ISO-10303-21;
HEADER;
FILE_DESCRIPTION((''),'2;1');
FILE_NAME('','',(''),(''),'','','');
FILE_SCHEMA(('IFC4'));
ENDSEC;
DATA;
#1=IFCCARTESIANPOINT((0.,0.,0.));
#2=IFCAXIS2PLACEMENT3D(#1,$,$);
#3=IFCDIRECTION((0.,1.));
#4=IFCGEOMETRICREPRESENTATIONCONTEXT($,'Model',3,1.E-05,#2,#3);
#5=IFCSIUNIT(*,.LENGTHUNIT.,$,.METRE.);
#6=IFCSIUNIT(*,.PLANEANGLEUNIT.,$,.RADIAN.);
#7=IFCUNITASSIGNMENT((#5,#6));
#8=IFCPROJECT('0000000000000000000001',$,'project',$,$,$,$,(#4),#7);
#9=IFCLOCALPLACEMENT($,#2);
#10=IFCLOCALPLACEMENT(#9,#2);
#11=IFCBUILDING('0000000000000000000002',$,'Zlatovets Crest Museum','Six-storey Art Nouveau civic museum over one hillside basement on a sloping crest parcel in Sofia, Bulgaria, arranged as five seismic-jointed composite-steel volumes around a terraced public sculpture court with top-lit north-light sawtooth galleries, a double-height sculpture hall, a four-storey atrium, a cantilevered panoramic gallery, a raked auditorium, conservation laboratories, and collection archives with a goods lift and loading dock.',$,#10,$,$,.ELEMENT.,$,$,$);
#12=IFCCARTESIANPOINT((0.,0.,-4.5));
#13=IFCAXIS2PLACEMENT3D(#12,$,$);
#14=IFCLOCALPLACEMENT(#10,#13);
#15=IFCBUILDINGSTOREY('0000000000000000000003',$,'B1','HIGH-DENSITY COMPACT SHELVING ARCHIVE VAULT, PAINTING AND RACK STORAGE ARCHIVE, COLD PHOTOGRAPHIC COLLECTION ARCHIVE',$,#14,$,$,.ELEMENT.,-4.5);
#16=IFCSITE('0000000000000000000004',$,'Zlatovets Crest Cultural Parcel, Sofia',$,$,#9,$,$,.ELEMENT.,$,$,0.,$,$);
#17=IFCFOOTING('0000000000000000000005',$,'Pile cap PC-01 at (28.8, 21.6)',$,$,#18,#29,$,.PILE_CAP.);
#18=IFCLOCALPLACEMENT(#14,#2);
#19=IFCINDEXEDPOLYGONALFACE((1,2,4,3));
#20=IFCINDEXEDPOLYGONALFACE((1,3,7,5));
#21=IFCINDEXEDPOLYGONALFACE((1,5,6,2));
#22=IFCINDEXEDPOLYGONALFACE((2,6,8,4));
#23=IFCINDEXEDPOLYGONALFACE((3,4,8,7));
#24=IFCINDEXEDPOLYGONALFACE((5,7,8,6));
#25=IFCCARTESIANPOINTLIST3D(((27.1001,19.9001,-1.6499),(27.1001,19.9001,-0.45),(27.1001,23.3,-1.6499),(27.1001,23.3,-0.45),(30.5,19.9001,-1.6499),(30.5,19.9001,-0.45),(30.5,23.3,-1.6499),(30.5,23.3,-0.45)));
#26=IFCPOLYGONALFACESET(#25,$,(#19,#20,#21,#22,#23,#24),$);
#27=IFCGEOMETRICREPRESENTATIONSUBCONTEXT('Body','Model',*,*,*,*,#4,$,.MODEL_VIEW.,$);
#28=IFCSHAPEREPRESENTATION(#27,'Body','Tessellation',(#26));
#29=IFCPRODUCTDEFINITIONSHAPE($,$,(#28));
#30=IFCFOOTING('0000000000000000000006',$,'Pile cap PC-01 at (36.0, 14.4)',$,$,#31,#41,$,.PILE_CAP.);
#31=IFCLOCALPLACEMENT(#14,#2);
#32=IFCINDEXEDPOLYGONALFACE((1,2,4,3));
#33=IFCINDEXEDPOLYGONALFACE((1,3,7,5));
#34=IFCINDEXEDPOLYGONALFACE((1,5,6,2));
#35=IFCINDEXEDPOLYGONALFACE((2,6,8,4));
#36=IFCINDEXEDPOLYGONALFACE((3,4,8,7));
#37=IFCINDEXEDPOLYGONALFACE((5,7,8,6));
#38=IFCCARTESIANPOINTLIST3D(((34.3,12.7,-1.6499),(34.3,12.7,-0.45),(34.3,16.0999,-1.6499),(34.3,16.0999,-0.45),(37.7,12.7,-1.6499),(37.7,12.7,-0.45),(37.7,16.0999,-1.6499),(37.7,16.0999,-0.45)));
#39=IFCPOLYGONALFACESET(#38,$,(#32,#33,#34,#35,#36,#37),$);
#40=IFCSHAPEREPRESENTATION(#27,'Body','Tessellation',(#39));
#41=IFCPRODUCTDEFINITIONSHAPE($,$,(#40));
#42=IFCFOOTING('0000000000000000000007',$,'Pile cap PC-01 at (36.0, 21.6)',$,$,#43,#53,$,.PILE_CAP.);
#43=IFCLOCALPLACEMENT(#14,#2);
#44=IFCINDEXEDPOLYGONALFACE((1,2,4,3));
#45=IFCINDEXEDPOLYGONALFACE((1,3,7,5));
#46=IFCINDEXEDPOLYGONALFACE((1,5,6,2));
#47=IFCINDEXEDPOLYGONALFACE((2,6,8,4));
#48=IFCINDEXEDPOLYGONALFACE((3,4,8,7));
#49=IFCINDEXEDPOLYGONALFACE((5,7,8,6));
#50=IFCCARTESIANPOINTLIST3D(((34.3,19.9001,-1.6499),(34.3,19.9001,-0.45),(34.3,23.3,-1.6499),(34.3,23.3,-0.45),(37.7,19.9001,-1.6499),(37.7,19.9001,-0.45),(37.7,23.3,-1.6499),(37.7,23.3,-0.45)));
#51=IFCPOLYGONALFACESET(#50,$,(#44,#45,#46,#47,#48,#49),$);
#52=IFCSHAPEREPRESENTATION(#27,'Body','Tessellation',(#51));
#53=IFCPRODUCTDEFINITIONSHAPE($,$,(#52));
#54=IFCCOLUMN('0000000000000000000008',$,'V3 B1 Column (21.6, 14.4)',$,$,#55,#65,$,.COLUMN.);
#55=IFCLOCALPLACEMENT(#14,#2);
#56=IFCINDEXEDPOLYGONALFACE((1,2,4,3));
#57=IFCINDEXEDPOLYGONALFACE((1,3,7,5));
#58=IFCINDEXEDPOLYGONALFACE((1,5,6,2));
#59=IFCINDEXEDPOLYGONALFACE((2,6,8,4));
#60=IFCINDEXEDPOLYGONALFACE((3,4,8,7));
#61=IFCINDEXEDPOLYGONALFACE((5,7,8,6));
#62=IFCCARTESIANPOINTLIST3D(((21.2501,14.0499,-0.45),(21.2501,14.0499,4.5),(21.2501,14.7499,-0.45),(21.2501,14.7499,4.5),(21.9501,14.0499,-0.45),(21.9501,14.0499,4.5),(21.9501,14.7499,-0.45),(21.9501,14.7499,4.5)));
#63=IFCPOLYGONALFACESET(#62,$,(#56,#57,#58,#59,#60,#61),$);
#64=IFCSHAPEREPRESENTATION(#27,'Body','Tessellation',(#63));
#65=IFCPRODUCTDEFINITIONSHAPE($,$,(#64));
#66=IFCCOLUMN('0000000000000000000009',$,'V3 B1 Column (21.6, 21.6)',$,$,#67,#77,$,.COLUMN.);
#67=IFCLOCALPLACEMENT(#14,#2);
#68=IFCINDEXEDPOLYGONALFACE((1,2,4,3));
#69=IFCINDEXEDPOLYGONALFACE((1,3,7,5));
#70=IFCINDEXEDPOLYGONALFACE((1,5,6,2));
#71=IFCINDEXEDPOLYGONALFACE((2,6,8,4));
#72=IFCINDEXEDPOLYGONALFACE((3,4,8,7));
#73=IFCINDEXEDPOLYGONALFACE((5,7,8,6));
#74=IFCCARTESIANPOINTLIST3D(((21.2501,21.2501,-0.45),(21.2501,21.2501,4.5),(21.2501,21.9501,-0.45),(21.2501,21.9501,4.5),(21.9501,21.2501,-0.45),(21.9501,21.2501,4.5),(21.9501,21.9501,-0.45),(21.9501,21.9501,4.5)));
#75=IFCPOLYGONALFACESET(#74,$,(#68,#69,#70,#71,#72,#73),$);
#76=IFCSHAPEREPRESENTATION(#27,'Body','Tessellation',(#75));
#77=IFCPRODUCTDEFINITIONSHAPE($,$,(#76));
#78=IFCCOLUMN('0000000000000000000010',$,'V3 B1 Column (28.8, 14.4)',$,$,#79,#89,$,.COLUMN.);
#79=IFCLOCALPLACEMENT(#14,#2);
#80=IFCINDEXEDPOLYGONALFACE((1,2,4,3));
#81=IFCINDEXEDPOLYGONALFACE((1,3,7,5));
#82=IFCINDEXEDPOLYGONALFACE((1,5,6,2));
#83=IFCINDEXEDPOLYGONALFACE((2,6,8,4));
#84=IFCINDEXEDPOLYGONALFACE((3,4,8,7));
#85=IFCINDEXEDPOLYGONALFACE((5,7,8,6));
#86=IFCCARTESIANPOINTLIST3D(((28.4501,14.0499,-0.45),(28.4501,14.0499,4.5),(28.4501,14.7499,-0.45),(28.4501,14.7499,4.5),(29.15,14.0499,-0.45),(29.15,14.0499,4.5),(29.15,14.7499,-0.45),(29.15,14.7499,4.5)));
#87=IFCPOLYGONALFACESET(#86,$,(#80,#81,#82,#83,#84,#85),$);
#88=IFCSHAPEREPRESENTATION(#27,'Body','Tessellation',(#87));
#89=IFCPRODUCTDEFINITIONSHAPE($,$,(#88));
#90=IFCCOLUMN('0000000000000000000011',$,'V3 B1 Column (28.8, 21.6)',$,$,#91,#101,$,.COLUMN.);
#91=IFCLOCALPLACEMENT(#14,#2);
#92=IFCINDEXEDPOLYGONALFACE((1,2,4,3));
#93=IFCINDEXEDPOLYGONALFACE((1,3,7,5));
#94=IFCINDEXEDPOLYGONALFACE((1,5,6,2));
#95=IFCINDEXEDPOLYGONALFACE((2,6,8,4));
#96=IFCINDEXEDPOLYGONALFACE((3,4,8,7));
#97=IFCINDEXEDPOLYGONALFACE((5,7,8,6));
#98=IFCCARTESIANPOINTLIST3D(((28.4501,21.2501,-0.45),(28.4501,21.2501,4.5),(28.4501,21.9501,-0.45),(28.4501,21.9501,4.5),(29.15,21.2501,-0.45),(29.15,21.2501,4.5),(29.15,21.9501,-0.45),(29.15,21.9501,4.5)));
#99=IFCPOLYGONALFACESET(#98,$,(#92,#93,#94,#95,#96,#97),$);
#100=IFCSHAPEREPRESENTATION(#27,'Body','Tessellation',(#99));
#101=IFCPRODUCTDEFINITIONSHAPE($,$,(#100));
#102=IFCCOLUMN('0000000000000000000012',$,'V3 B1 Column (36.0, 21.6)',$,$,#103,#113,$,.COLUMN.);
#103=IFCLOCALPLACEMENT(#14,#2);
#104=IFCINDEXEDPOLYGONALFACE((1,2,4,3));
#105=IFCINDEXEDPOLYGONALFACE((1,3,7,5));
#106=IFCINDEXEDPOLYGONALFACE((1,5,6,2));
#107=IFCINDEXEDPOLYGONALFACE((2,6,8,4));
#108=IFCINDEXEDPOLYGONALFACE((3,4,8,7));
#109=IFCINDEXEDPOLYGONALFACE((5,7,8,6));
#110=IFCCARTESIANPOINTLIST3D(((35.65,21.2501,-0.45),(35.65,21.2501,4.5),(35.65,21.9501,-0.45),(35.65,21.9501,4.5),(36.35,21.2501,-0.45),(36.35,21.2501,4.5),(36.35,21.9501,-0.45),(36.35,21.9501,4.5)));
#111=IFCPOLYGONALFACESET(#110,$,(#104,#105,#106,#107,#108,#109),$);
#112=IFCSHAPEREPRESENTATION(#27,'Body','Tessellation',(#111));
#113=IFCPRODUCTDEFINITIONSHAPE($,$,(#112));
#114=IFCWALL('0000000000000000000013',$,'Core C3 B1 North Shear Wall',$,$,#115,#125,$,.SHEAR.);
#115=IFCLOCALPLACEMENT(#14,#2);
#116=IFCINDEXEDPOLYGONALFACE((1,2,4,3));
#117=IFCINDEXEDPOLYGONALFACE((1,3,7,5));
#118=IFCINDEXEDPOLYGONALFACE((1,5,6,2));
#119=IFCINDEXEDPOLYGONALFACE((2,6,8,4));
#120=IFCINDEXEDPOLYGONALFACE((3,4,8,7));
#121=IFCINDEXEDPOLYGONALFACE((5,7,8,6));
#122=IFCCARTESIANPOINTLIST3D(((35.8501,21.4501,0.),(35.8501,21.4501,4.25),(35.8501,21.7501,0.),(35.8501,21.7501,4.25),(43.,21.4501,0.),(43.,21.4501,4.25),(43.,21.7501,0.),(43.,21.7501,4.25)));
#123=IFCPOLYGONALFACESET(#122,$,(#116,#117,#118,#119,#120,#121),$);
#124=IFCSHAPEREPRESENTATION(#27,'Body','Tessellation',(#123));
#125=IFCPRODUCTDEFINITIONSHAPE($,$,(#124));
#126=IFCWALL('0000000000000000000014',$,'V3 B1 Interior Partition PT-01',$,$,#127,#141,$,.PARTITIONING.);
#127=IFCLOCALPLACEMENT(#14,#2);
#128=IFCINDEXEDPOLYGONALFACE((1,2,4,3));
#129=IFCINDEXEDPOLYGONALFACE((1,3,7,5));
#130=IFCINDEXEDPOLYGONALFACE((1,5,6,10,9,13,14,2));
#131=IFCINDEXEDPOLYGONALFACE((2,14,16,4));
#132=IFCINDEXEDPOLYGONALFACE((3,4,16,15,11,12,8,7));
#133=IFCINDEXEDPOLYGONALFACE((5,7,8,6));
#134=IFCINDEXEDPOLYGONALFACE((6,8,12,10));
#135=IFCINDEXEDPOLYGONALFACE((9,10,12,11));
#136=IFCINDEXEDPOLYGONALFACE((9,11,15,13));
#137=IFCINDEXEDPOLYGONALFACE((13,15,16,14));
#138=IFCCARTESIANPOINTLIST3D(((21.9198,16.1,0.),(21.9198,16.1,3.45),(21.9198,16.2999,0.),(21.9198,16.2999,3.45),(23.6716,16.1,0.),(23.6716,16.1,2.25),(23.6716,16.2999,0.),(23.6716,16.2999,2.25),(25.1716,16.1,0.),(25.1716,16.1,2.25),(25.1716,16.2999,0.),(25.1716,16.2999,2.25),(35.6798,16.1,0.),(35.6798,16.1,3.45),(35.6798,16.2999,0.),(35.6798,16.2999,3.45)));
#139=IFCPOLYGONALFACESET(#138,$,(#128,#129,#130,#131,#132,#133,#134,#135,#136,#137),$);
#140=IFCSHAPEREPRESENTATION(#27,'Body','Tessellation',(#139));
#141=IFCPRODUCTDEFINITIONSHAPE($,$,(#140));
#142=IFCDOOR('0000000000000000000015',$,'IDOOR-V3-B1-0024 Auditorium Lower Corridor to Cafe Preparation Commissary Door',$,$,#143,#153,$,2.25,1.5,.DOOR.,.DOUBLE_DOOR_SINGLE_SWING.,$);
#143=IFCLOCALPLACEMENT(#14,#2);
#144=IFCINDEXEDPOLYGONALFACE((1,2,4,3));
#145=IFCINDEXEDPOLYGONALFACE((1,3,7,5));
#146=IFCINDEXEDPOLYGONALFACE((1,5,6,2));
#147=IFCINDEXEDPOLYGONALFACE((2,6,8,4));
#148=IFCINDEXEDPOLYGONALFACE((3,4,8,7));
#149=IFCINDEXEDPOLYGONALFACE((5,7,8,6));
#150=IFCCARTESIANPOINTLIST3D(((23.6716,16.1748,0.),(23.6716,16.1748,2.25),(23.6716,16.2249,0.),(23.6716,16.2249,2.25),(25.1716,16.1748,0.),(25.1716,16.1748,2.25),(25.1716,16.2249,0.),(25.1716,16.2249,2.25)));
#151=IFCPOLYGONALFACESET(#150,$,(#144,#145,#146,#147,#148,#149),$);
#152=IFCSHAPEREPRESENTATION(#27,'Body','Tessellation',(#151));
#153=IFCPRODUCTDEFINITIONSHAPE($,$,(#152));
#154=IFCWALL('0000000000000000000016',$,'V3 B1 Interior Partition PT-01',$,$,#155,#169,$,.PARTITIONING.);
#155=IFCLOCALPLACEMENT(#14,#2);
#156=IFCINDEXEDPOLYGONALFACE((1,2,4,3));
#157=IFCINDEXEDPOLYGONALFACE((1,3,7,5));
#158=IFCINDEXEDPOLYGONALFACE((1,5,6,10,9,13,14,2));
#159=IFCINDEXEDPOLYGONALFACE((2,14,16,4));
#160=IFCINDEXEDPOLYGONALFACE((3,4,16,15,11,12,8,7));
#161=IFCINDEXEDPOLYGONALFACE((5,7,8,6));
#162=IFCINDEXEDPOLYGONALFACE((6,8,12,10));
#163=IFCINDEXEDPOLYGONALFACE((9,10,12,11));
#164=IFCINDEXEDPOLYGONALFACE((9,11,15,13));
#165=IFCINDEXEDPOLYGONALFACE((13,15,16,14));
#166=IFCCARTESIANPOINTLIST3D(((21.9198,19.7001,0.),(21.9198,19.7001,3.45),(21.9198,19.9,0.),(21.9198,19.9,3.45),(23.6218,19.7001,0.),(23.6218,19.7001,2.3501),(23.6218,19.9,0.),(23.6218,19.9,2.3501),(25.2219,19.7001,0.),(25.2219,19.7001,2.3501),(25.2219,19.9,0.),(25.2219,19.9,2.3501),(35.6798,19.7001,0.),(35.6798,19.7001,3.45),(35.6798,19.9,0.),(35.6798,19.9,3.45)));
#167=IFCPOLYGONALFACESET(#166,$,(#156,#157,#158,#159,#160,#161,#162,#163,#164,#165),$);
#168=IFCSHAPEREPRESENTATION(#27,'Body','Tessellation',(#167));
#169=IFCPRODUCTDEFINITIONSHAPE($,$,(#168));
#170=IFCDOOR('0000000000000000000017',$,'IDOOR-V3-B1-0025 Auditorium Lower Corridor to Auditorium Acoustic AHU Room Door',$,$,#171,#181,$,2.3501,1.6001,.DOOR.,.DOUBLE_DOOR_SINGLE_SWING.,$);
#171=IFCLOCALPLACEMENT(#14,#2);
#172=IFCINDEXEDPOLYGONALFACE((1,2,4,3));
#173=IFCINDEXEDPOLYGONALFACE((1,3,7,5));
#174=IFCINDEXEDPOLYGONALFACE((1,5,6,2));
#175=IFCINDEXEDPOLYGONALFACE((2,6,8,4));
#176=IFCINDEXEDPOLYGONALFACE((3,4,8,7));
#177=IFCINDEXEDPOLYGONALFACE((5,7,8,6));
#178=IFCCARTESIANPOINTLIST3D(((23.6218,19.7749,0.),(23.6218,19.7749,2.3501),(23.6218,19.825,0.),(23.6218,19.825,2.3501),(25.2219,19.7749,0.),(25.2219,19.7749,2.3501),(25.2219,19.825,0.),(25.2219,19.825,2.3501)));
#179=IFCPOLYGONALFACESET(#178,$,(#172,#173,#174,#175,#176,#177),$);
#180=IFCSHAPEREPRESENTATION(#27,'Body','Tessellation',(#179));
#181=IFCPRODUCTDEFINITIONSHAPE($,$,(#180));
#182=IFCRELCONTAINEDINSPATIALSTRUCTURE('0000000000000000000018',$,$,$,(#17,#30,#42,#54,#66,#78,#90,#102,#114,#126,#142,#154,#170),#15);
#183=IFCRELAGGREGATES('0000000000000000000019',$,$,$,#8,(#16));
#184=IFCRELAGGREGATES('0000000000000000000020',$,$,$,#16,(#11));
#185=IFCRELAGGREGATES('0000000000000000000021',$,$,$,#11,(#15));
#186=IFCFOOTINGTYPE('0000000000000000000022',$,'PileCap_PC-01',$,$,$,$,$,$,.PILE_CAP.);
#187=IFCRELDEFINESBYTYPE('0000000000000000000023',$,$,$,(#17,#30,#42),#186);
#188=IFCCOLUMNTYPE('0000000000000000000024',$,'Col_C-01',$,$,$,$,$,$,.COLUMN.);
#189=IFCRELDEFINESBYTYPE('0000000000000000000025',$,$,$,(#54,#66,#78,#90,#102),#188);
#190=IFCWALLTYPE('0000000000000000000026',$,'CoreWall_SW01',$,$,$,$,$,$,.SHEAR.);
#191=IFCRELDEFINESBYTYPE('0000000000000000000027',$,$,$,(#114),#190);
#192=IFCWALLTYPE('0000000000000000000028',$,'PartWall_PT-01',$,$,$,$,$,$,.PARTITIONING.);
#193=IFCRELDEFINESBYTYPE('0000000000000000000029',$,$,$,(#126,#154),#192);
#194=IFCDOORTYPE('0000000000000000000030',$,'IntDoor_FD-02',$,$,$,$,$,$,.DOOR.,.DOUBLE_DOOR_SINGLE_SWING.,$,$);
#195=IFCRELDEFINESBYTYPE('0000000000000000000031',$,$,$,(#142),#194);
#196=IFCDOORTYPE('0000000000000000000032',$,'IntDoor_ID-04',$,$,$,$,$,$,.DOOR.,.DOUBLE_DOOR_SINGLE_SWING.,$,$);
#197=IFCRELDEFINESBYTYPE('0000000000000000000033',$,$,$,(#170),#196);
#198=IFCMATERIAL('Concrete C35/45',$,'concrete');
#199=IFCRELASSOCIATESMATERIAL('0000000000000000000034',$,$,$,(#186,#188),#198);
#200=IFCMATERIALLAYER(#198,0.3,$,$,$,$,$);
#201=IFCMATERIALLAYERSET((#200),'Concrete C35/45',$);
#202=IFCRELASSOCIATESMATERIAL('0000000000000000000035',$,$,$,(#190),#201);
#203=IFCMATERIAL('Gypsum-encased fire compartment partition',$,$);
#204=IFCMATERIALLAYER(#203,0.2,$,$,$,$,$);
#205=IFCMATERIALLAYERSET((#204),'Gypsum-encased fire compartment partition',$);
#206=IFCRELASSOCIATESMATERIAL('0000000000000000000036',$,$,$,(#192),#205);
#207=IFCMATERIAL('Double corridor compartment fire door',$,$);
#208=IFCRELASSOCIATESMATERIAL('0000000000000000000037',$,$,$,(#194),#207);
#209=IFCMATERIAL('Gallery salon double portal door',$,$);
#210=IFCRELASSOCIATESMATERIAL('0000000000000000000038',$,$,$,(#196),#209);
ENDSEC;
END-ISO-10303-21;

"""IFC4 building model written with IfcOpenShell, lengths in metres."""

from ifc_helpers import new_model, si_unit, direction, frame, frame_2d, origin, origin_2d, place, context, subcontext, project, spatial, rectangle, extrude, material, layer, layer_set, material_profile, profile_set, type_object, element, fill, save


model = new_model("IFC4")

# Units and contexts
model_context = context("Model", 3, precision=1e-05, world=origin(), true_north=direction((0.0, 1.0)))
body_context = subcontext(model_context, "Body", "Model", "MODEL_VIEW")
ifc_project = project(units=[si_unit("LENGTHUNIT", "METRE"), si_unit("PLANEANGLEUNIT", "RADIAN")], contexts=[model_context])

# Site, building, storey
site_placement = place(None, origin())
site = spatial("IfcSite", under=ifc_project, at=site_placement, Name="Zlatovets Crest Cultural Parcel, Sofia", CompositionType="ELEMENT", RefElevation=0.0)
building_placement = place(site_placement, origin())
building = spatial("IfcBuilding", under=site, at=building_placement, Name="Zlatovets Crest Museum", Description="Six-storey Art Nouveau civic museum over one hillside basement on a sloping crest parcel in Sofia, Bulgaria, arranged as five seismic-jointed composite-steel volumes around a terraced public sculpture court with top-lit north-light sawtooth galleries, a double-height sculpture hall, a four-storey atrium, a cantilevered panoramic gallery, a raked auditorium, conservation laboratories, and collection archives with a goods lift and loading dock.", CompositionType="ELEMENT")
storey_placement = place(building_placement, frame((0.0, 0.0, -4.5)))
storey = spatial("IfcBuildingStorey", under=building, at=storey_placement, Name="B1", Description="HIGH-DENSITY COMPACT SHELVING ARCHIVE VAULT, PAINTING AND RACK STORAGE ARCHIVE, COLD PHOTOGRAPHIC COLLECTION ARCHIVE", CompositionType="ELEMENT", Elevation=-4.5)

# Shared definitions
ifc_material_1 = material(Name="Concrete C35/45", Category="concrete")

# Footings
footing_type = type_object("IfcFootingType", Name="PileCap_PC-01", PredefinedType="PILE_CAP", material=ifc_material_1)
for number, where, z_axis, x_axis, name in (
    (1, (28.8, 21.6001, -1.6499), (0.0, 0.0, 1.0), (1.0, 0.0, 0.0), "Pile cap PC-01 at (28.8, 21.6)"),
    (2, (36.0, 14.3999, -1.6499), (0.0, 0.0, 1.0), (1.0, 0.0, 0.0), "Pile cap PC-01 at (36.0, 14.4)"),
    (3, (36.0, 21.6001, -1.6499), (0.0, 0.0, 1.0), (1.0, 0.0, 0.0), "Pile cap PC-01 at (36.0, 21.6)"),
):
    element("IfcFooting", number, at=place(storey_placement, frame(where, z_axis=z_axis, x_axis=x_axis)), inside=storey, type_object=footing_type, Name=name, PredefinedType="PILE_CAP", context=body_context, shape_type="SweptSolid", body=[
        extrude(rectangle(XDim=3.3999, YDim=3.3999, at=origin_2d()), origin(), (0.0, 0.0, 1.0), 1.2),
    ])

# Columns
ifc_material_profile_1 = material_profile(ifc_material_1, rectangle(XDim=0.7, YDim=0.7, at=origin_2d()), Name="RC 700x700")
ifc_profile_set_1 = profile_set([ifc_material_profile_1], Name="Concrete C35/45")
column_type = type_object("IfcColumnType", Name="Col_C-01", PredefinedType="COLUMN", material=ifc_profile_set_1)
for number, where, z_axis, x_axis, name in (
    (4, (21.6001, 14.3999, -0.45), (0.0, 0.0, 1.0), (0.0, 1.0, 0.0), "V3 B1 Column (21.6, 14.4)"),
    (5, (21.6001, 21.6001, -0.45), (0.0, 0.0, 1.0), (1.0, 0.0, 0.0), "V3 B1 Column (21.6, 21.6)"),
    (6, (28.8, 14.3999, -0.45), (0.0, 0.0, 1.0), (1.0, 0.0, 0.0), "V3 B1 Column (28.8, 14.4)"),
    (7, (28.8, 21.6001, -0.45), (0.0, 0.0, 1.0), (0.0, 1.0, 0.0), "V3 B1 Column (28.8, 21.6)"),
    (8, (36.0, 21.6001, -0.45), (0.0, 0.0, 1.0), (1.0, 0.0, 0.0), "V3 B1 Column (36.0, 21.6)"),
):
    element("IfcColumn", number, at=place(storey_placement, frame(where, z_axis=z_axis, x_axis=x_axis)), inside=storey, type_object=column_type, Name=name, PredefinedType="COLUMN", context=body_context, shape_type="SweptSolid", body=[
        extrude(rectangle(XDim=0.7, YDim=0.7, at=origin_2d()), origin(), (0.0, 0.0, 1.0), 4.95),
    ])

# Wall
ifc_layer_1 = layer(ifc_material_1, 0.3)
ifc_layer_set_1 = layer_set([ifc_layer_1], Name="Concrete C35/45")
wall_type_1 = type_object("IfcWallType", Name="CoreWall_SW01", PredefinedType="SHEAR", material=ifc_layer_set_1)
wall_1_placement = place(storey_placement, frame((35.8501, 21.6001, 0.0), z_axis=(0.0, 0.0, 1.0), x_axis=(1.0, 0.0, 0.0)))
element("IfcWall", 9, at=wall_1_placement, inside=storey, type_object=wall_type_1, Name="Core C3 B1 North Shear Wall", PredefinedType="SHEAR", context=body_context, shape_type="SweptSolid", body=[
    extrude(rectangle(XDim=7.1499, YDim=0.3, at=frame_2d((3.575, 0.0))), origin(), (0.0, 0.0, 1.0), 4.25),
])

# Walls, openings, doors
ifc_material_2 = material(Name="Gypsum-encased fire compartment partition")
ifc_layer_2 = layer(ifc_material_2, 0.2)
ifc_layer_set_2 = layer_set([ifc_layer_2], Name="Gypsum-encased fire compartment partition")
wall_type_2 = type_object("IfcWallType", Name="PartWall_PT-01", PredefinedType="PARTITIONING", material=ifc_layer_set_2)
wall_2_placement = place(storey_placement, frame((21.9199, 16.2, 0.0), z_axis=(0.0, 0.0, 1.0), x_axis=(1.0, 0.0, 0.0)))
wall_2 = element("IfcWall", 10, at=wall_2_placement, inside=storey, type_object=wall_type_2, Name="V3 B1 Interior Partition PT-01", PredefinedType="PARTITIONING", context=body_context, shape_type="SweptSolid", body=[
    extrude(rectangle(XDim=13.76, YDim=0.2, at=frame_2d((6.8799, 0.0))), origin(), (0.0, 0.0, 1.0), 3.45),
])
opening_1_placement = place(wall_2_placement, frame((1.7517, 0.0, 0.0)))
opening_1 = element("IfcOpeningElement", 11, at=opening_1_placement, cuts=wall_2, PredefinedType="OPENING", context=body_context, shape_type="SweptSolid", body=[
    extrude(rectangle(XDim=1.5, YDim=2.25, at=frame_2d((0.75, 1.125))), frame((0.0, 0.1099, 0.0), z_axis=(0.0, -1.0, 0.0), x_axis=(1.0, 0.0, 0.0)), (0.0, 0.0, 1.0), 0.22),
])
ifc_material_3 = material(Name="Double corridor compartment fire door")
door_type_1 = type_object("IfcDoorType", Name="IntDoor_FD-02", OperationType="DOUBLE_DOOR_SINGLE_SWING", PredefinedType="DOOR", material=ifc_material_3)
door_1_placement = place(opening_1_placement, origin())
door_1 = element("IfcDoor", 12, at=door_1_placement, inside=storey, type_object=door_type_1, Name="IDOOR-V3-B1-0024 Auditorium Lower Corridor to Cafe Preparation Commissary Door", OperationType="DOUBLE_DOOR_SINGLE_SWING", OverallHeight=2.25, OverallWidth=1.5, PredefinedType="DOOR", context=body_context, shape_type="SweptSolid", body=[
    extrude(rectangle(XDim=1.5, YDim=2.25, at=frame_2d((0.75, 1.125))), frame((0.0, 0.0249, 0.0), z_axis=(0.0, -1.0, 0.0), x_axis=(1.0, 0.0, 0.0)), (0.0, 0.0, 1.0), 0.05),
])
fill(opening_1, door_1)
wall_3_placement = place(storey_placement, frame((21.9199, 19.8, 0.0), z_axis=(0.0, 0.0, 1.0), x_axis=(1.0, 0.0, 0.0)))
wall_3 = element("IfcWall", 13, at=wall_3_placement, inside=storey, type_object=wall_type_2, Name="V3 B1 Interior Partition PT-01", PredefinedType="PARTITIONING", context=body_context, shape_type="SweptSolid", body=[
    extrude(rectangle(XDim=13.76, YDim=0.2, at=frame_2d((6.8799, 0.0))), origin(), (0.0, 0.0, 1.0), 3.45),
])
opening_2_placement = place(wall_3_placement, frame((1.7019, 0.0, 0.0)))
opening_2 = element("IfcOpeningElement", 14, at=opening_2_placement, cuts=wall_3, PredefinedType="OPENING", context=body_context, shape_type="SweptSolid", body=[
    extrude(rectangle(XDim=1.6001, YDim=2.3501, at=frame_2d((0.8, 1.175))), frame((0.0, 0.1099, 0.0), z_axis=(0.0, -1.0, 0.0), x_axis=(1.0, 0.0, 0.0)), (0.0, 0.0, 1.0), 0.22),
])
ifc_material_4 = material(Name="Gallery salon double portal door")
door_type_2 = type_object("IfcDoorType", Name="IntDoor_ID-04", OperationType="DOUBLE_DOOR_SINGLE_SWING", PredefinedType="DOOR", material=ifc_material_4)
door_2_placement = place(opening_2_placement, origin())
door_2 = element("IfcDoor", 15, at=door_2_placement, inside=storey, type_object=door_type_2, Name="IDOOR-V3-B1-0025 Auditorium Lower Corridor to Auditorium Acoustic AHU Room Door", OperationType="DOUBLE_DOOR_SINGLE_SWING", OverallHeight=2.3501, OverallWidth=1.6001, PredefinedType="DOOR", context=body_context, shape_type="SweptSolid", body=[
    extrude(rectangle(XDim=1.6001, YDim=2.3501, at=frame_2d((0.8, 1.175))), frame((0.0, 0.0249, 0.0), z_axis=(0.0, -1.0, 0.0), x_axis=(1.0, 0.0, 0.0)), (0.0, 0.0, 1.0), 0.05),
])
fill(opening_2, door_2)

save(model, "model.ifc")
